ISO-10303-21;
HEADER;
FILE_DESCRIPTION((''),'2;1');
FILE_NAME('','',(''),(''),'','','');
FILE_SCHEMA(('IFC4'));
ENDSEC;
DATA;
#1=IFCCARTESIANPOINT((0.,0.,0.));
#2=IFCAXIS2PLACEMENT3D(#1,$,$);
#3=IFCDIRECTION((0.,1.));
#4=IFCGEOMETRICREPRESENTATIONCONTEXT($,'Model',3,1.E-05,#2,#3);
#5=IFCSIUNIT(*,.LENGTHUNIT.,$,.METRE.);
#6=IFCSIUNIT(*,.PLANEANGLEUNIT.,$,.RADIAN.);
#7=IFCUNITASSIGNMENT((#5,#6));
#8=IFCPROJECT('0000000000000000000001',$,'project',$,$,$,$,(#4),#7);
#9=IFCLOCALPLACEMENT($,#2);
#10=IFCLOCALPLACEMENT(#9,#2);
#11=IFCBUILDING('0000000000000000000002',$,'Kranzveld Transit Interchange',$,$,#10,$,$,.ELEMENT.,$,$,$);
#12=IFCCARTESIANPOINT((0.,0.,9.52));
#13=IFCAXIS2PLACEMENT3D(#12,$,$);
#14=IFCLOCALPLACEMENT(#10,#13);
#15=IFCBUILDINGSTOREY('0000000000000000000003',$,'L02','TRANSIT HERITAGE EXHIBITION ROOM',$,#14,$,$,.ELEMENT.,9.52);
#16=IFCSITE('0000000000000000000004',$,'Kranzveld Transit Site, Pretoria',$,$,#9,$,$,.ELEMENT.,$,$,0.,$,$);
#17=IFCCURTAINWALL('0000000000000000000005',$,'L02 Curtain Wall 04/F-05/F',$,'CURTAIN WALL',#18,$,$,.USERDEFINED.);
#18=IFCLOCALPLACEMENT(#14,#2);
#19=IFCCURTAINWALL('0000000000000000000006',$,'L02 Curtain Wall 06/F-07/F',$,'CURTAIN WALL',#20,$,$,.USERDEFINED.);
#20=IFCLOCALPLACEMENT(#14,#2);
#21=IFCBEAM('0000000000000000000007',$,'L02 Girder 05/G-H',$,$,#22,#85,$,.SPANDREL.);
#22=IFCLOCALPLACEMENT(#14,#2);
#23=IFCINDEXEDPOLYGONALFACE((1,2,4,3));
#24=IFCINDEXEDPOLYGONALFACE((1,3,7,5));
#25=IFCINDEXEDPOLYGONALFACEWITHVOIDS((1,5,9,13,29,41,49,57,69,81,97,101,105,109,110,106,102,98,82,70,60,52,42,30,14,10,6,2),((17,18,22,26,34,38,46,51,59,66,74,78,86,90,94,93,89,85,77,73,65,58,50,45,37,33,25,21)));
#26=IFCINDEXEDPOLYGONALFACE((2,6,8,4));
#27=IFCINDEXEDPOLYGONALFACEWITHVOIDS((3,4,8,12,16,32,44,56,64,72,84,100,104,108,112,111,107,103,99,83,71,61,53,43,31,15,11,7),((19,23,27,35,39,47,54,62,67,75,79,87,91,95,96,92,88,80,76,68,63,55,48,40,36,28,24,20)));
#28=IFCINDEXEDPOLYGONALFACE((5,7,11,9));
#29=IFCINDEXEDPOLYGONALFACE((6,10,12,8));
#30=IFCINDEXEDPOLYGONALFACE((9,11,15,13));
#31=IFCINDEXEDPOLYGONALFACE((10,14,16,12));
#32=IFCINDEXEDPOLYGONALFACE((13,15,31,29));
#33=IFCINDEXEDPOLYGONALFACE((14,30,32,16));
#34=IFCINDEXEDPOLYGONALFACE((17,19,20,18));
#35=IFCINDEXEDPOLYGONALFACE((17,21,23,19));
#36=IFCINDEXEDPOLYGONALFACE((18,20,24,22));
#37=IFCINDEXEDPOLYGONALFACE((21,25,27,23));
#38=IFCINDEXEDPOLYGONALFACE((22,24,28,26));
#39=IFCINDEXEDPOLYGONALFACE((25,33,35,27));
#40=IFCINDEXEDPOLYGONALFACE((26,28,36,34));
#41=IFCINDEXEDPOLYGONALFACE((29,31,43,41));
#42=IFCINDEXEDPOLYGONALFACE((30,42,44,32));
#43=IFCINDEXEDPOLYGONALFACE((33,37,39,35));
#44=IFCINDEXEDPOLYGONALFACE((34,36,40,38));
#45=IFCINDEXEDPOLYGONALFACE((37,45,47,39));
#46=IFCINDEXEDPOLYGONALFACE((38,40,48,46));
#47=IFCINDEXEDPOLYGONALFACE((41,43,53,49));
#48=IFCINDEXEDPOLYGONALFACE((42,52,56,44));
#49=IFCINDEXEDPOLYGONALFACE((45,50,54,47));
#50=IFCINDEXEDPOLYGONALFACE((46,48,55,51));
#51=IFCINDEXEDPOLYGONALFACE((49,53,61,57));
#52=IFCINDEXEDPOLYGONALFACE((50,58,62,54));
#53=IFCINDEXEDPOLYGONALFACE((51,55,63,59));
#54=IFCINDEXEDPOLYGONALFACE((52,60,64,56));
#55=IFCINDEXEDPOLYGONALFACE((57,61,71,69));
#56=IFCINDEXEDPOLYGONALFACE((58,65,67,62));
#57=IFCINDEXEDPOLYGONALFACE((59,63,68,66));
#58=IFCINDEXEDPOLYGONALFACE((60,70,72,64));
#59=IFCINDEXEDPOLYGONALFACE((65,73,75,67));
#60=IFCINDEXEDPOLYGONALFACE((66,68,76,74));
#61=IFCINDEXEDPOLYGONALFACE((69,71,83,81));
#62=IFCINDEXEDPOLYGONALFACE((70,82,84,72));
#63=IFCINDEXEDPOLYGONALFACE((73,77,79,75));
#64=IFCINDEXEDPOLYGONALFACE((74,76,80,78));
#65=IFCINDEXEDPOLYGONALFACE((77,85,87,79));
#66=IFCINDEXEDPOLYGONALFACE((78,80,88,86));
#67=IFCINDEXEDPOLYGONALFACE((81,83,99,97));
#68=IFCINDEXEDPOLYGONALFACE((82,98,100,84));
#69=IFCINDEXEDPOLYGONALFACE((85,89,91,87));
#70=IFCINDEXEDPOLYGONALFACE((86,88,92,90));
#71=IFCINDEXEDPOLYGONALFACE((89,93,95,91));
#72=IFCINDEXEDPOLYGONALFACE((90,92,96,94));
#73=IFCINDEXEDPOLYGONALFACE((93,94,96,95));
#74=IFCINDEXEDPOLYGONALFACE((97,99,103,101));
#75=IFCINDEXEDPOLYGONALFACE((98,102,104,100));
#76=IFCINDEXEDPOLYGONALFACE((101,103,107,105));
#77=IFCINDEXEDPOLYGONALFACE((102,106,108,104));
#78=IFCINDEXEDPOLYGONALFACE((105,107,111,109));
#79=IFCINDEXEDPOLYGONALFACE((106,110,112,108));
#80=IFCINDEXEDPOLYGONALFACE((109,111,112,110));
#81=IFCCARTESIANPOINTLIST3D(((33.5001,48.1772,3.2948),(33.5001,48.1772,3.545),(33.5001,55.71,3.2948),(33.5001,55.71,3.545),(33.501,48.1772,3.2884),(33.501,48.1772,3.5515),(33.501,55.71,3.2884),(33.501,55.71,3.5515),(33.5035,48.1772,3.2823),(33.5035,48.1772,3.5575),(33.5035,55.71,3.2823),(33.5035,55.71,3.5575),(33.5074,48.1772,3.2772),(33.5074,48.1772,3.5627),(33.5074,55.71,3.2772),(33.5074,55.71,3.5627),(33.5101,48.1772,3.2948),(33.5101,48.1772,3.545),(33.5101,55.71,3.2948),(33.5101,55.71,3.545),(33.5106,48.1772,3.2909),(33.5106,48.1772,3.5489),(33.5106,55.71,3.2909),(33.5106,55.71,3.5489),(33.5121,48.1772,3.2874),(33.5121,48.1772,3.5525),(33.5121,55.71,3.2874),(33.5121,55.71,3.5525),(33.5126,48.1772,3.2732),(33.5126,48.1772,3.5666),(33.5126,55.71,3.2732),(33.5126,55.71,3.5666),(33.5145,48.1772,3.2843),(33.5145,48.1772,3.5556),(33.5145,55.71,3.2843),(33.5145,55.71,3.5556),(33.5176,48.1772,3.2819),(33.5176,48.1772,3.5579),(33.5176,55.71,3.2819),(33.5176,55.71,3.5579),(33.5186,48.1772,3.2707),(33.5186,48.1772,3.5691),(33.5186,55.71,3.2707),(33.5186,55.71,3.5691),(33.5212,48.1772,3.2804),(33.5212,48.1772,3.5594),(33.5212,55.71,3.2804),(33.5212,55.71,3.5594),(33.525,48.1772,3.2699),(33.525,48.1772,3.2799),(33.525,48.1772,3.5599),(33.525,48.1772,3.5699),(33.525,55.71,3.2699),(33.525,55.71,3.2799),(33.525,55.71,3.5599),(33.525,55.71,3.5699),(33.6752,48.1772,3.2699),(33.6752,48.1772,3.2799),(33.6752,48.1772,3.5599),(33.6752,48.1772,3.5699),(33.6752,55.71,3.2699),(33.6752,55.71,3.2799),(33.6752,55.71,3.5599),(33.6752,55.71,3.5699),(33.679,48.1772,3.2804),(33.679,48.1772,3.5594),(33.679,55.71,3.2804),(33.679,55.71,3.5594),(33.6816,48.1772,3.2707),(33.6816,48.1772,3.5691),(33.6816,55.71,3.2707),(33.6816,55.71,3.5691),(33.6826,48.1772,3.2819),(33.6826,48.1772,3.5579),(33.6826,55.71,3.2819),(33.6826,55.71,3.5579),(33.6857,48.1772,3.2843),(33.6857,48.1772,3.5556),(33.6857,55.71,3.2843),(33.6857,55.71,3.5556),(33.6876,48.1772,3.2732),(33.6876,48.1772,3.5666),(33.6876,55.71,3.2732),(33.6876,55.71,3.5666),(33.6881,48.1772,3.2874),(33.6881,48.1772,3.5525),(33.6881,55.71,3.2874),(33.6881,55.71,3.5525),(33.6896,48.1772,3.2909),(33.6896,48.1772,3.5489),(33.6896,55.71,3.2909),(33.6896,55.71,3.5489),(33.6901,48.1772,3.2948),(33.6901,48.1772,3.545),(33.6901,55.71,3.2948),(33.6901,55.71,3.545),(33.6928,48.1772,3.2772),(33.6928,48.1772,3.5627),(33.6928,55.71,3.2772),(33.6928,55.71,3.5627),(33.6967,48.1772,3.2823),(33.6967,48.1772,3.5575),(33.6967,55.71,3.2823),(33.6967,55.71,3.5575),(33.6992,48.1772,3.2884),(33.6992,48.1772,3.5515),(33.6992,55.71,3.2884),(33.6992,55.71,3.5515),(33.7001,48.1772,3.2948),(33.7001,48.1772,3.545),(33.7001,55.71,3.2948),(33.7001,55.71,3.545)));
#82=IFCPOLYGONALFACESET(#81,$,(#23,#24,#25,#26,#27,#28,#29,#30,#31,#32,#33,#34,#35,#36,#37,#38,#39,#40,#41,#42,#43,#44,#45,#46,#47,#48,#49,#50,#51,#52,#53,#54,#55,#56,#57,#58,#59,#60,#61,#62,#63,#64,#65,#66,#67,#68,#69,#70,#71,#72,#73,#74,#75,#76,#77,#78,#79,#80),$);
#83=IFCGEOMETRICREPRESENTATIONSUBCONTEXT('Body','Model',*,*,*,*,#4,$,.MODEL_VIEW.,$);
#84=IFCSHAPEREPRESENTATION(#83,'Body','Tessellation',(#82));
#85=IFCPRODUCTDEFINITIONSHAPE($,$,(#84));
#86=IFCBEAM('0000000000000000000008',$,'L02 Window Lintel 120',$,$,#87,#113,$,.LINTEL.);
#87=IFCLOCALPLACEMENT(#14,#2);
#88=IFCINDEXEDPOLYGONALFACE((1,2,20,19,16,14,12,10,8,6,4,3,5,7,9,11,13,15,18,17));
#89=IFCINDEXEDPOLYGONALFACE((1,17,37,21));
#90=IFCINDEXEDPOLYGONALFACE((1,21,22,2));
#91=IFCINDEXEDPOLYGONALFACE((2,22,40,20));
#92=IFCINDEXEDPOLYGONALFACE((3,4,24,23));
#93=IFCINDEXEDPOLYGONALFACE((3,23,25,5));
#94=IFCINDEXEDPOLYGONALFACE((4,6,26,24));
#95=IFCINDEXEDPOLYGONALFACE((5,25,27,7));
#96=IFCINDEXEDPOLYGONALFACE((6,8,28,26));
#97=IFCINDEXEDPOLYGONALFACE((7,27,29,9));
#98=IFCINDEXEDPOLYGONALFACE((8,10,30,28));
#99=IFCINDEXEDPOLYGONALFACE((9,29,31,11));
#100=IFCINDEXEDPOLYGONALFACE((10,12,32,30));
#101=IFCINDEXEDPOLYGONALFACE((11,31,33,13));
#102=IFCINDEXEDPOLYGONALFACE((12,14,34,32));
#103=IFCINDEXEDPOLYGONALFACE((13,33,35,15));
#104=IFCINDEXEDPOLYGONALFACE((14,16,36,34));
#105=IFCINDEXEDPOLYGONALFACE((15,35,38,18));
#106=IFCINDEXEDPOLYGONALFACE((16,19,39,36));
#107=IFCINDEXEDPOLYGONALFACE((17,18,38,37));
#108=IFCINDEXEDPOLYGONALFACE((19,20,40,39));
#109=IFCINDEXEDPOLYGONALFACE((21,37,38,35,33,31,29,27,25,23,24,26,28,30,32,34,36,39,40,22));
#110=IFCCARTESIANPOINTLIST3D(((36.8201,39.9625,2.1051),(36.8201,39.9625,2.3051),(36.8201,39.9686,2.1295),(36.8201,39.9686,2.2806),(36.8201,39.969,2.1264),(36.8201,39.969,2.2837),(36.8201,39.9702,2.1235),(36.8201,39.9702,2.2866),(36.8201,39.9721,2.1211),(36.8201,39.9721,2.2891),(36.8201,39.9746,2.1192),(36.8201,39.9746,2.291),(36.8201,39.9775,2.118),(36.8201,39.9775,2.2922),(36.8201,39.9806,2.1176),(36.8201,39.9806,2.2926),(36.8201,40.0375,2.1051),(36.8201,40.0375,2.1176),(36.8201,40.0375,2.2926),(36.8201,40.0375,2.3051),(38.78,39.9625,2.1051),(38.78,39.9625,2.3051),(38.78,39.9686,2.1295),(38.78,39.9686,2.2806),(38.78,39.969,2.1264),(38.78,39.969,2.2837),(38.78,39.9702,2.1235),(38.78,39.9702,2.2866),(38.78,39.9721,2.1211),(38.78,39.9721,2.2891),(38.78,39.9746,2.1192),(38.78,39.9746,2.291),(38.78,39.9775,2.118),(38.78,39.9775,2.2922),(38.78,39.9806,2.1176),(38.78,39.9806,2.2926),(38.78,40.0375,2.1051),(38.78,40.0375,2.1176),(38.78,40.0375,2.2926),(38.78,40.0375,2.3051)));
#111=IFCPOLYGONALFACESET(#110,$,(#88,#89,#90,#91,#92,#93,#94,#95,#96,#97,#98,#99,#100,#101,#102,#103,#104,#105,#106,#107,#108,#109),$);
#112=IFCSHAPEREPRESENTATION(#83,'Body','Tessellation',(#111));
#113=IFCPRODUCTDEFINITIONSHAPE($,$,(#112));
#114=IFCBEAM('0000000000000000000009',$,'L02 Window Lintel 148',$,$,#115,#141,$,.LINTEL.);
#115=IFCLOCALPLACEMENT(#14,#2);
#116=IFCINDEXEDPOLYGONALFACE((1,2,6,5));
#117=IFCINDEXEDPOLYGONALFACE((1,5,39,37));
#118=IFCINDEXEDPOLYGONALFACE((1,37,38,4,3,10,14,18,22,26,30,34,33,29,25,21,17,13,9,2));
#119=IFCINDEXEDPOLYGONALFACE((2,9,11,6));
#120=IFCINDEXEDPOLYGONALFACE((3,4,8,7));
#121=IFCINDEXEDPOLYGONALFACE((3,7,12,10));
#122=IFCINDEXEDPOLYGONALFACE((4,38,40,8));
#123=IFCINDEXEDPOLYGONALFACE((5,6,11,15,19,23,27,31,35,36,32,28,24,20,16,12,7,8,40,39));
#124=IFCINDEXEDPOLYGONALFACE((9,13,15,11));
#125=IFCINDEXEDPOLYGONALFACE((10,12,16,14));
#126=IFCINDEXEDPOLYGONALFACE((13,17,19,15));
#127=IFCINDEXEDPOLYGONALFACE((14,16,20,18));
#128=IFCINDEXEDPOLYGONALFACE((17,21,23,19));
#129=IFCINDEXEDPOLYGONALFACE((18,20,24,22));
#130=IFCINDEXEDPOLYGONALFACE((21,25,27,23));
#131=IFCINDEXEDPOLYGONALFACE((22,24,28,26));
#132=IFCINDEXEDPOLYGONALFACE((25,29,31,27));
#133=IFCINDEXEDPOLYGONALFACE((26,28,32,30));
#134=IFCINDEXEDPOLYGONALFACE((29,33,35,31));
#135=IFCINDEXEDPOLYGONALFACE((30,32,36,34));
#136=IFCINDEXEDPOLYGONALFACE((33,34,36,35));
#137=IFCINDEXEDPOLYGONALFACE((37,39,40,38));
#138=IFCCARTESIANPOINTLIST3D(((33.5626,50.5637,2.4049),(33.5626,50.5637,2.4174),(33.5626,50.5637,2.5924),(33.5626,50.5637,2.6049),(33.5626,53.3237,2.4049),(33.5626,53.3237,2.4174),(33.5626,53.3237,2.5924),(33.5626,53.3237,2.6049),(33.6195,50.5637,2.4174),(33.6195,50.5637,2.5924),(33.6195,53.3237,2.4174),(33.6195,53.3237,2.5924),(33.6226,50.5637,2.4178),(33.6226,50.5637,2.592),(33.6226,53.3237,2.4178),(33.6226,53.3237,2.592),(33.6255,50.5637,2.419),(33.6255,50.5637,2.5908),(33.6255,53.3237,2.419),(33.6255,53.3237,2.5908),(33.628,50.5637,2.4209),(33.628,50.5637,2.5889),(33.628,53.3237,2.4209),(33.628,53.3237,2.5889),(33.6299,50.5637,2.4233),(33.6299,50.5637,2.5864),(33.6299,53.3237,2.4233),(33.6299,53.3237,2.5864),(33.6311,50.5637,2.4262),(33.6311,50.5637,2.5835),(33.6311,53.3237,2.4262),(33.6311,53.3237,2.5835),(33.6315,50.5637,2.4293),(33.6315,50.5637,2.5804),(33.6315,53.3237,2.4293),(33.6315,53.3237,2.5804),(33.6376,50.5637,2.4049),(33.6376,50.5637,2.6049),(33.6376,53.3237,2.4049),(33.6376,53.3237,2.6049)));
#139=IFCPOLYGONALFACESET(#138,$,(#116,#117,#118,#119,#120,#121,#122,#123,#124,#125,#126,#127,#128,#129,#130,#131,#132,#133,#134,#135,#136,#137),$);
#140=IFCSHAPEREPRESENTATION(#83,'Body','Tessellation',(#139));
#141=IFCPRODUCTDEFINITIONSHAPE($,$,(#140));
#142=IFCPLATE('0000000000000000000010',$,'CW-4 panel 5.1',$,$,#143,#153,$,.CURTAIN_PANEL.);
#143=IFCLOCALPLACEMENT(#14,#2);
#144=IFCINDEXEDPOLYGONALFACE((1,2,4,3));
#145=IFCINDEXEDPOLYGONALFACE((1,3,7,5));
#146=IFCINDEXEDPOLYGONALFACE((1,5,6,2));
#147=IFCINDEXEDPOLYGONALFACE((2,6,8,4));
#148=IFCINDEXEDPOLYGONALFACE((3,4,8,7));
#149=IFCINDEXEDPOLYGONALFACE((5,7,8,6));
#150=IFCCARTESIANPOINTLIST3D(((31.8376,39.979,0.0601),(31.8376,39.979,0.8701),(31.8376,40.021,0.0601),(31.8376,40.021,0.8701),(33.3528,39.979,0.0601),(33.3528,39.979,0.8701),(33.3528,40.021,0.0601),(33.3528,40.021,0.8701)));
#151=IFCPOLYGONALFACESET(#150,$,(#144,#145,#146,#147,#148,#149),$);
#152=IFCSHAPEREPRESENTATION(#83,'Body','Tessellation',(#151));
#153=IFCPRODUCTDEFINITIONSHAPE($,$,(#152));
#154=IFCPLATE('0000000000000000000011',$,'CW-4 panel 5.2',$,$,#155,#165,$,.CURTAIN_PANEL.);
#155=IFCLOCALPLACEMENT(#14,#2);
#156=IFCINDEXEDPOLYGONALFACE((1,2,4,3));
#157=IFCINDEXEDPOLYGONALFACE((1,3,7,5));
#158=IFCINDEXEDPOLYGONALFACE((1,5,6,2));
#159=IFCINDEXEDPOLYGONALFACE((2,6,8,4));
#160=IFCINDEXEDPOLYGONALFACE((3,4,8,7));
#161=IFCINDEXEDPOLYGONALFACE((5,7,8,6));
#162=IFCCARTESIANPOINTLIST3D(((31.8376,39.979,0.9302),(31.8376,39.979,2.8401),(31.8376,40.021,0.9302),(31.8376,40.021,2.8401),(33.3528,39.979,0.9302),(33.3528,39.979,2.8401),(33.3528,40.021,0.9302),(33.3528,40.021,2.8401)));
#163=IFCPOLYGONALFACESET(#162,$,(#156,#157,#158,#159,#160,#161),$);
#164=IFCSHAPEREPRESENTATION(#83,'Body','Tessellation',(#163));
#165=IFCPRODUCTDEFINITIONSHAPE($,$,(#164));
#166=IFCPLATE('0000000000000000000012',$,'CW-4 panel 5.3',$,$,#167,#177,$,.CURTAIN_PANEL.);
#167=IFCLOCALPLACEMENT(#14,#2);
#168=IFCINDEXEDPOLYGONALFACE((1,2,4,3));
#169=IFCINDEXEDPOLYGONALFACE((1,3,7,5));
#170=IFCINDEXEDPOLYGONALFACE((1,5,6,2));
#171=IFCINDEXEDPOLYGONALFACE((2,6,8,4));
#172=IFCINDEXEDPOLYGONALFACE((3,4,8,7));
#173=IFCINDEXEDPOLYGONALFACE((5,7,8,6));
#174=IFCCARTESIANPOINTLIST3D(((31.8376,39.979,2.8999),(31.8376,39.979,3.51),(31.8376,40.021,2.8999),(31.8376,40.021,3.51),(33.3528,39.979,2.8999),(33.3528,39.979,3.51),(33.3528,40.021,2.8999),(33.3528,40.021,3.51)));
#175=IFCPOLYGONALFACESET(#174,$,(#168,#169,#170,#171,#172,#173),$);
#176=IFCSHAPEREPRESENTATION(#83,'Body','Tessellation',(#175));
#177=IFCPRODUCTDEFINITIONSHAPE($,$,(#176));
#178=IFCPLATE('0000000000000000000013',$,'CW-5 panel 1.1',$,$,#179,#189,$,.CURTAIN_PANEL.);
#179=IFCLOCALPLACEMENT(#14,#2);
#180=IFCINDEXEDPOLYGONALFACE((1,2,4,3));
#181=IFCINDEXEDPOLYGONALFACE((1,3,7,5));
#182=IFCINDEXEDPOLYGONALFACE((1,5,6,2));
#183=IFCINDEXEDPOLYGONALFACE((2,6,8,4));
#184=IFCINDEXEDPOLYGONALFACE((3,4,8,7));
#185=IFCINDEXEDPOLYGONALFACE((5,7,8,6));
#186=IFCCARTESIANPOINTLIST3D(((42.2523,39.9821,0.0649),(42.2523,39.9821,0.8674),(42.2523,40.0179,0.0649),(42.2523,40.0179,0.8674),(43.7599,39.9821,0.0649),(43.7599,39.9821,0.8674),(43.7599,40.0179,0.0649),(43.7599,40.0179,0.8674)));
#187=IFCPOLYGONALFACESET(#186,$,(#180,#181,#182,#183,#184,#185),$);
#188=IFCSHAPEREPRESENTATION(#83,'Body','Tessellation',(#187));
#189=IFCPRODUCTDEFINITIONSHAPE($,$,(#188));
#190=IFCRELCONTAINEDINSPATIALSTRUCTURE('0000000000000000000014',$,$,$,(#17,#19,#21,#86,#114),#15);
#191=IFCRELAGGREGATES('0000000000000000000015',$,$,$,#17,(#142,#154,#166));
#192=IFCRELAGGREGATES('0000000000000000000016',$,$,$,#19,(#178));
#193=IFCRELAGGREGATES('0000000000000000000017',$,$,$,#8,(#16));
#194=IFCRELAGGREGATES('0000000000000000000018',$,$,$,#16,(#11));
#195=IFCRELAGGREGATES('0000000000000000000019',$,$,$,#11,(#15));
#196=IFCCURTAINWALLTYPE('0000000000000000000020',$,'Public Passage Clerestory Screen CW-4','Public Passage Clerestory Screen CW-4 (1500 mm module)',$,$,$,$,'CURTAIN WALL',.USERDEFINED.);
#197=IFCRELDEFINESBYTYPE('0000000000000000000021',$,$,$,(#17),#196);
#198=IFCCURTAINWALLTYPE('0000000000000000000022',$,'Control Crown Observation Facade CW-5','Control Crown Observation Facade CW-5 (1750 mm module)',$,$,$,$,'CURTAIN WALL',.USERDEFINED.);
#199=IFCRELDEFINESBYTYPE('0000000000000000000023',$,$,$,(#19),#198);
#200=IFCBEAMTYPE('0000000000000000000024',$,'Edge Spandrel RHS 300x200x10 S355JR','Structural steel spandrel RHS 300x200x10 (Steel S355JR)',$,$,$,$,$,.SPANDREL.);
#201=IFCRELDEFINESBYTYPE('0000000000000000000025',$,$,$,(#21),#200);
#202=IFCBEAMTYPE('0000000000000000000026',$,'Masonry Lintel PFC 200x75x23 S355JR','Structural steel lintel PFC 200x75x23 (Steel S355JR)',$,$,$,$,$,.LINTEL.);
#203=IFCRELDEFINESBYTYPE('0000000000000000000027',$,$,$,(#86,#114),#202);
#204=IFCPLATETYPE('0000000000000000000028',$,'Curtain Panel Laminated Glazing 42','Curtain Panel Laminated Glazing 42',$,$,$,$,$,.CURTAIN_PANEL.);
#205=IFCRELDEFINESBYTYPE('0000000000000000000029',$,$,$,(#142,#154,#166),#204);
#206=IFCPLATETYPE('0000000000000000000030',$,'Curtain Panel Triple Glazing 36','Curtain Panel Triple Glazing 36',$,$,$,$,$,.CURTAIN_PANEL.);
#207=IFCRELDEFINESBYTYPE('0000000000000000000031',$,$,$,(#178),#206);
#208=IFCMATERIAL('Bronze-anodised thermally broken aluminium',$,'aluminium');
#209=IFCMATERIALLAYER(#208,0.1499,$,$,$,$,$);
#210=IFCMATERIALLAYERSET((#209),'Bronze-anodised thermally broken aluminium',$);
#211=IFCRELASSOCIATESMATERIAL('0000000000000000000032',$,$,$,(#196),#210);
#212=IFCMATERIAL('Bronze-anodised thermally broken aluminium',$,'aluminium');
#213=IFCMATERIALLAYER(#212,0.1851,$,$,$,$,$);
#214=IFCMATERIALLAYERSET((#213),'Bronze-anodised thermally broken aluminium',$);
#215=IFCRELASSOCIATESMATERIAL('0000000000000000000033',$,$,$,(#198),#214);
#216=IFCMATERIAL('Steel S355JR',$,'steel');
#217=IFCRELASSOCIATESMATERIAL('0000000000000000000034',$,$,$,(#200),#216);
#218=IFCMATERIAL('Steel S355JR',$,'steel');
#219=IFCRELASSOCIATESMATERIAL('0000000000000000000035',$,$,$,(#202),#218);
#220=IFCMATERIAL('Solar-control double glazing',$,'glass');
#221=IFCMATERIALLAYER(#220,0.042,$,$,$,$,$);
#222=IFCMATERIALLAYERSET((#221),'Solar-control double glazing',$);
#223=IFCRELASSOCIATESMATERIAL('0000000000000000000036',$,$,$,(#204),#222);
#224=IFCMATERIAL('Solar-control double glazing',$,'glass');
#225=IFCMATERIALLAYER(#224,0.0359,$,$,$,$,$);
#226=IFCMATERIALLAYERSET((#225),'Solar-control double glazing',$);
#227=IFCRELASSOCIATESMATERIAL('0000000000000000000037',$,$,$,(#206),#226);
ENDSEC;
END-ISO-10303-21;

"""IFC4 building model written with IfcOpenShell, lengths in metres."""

from ifc_helpers import new_model, si_unit, direction, frame, origin, origin_2d, place, context, subcontext, project, spatial, rectangle, hollow_rectangle, u_section, extrude, material, layer, layer_set, material_profile, profile_set, type_object, element, aggregate, save


model = new_model("IFC4")

# Units and contexts
model_context = context("Model", 3, precision=1e-05, world=origin(), true_north=direction((0.0, 1.0)))
body_context = subcontext(model_context, "Body", "Model", "MODEL_VIEW")
ifc_project = project(units=[si_unit("LENGTHUNIT", "METRE"), si_unit("PLANEANGLEUNIT", "RADIAN")], contexts=[model_context])

# Site, building, storey
site_placement = place(None, origin())
site = spatial("IfcSite", under=ifc_project, at=site_placement, Name="Kranzveld Transit Site, Pretoria", CompositionType="ELEMENT", RefElevation=0.0)
building_placement = place(site_placement, origin())
building = spatial("IfcBuilding", under=site, at=building_placement, Name="Kranzveld Transit Interchange", CompositionType="ELEMENT")
storey_placement = place(building_placement, frame((0.0, 0.0, 9.52)))
storey = spatial("IfcBuildingStorey", under=building, at=storey_placement, Name="L02", Description="TRANSIT HERITAGE EXHIBITION ROOM", CompositionType="ELEMENT", Elevation=9.52)

# Curtain wall
ifc_material_1 = material(Name="Bronze-anodised thermally broken aluminium", Category="aluminium")
ifc_layer_1 = layer(ifc_material_1, 0.1499)
ifc_layer_set_1 = layer_set([ifc_layer_1], Name="Bronze-anodised thermally broken aluminium")
curtain_wall_type_1 = type_object("IfcCurtainWallType", Name="Public Passage Clerestory Screen CW-4", Description="Public Passage Clerestory Screen CW-4 (1500 mm module)", ElementType="CURTAIN WALL", PredefinedType="USERDEFINED", material=ifc_layer_set_1)
curtain_wall_1_placement = place(storey_placement, origin())
curtain_wall_1 = element("IfcCurtainWall", 1, at=curtain_wall_1_placement, inside=storey, type_object=curtain_wall_type_1, Name="L02 Curtain Wall 04/F-05/F", ObjectType="CURTAIN WALL", PredefinedType="USERDEFINED")

# Curtain wall
ifc_material_2 = material(Name="Bronze-anodised thermally broken aluminium", Category="aluminium")
ifc_layer_2 = layer(ifc_material_2, 0.1851)
ifc_layer_set_2 = layer_set([ifc_layer_2], Name="Bronze-anodised thermally broken aluminium")
curtain_wall_type_2 = type_object("IfcCurtainWallType", Name="Control Crown Observation Facade CW-5", Description="Control Crown Observation Facade CW-5 (1750 mm module)", ElementType="CURTAIN WALL", PredefinedType="USERDEFINED", material=ifc_layer_set_2)
curtain_wall_2_placement = place(storey_placement, origin())
curtain_wall_2 = element("IfcCurtainWall", 2, at=curtain_wall_2_placement, inside=storey, type_object=curtain_wall_type_2, Name="L02 Curtain Wall 06/F-07/F", ObjectType="CURTAIN WALL", PredefinedType="USERDEFINED")

# Beams
ifc_material_3 = material(Name="Steel S355JR", Category="steel")
ifc_material_profile_1 = material_profile(ifc_material_3, hollow_rectangle(XDim=0.2, YDim=0.3, WallThickness=0.01, InnerFilletRadius=0.0149, OuterFilletRadius=0.0249, at=origin_2d()), Name="RHS 300x200x10")
ifc_profile_set_1 = profile_set([ifc_material_profile_1], Name="Steel S355JR")
beam_type_1 = type_object("IfcBeamType", Name="Edge Spandrel RHS 300x200x10 S355JR", Description="Structural steel spandrel RHS 300x200x10 (Steel S355JR)", PredefinedType="SPANDREL", material=ifc_profile_set_1)
beam_1_placement = place(storey_placement, frame((33.6001, 48.1772, 3.4199), z_axis=(0.0, 1.0, 0.0), x_axis=(-1.0, 0.0, 0.0)))
element("IfcBeam", 3, at=beam_1_placement, inside=storey, type_object=beam_type_1, Name="L02 Girder 05/G-H", PredefinedType="SPANDREL", context=body_context, shape_type="SweptSolid", body=[
    extrude(hollow_rectangle(XDim=0.2, YDim=0.3, WallThickness=0.01, InnerFilletRadius=0.0149, OuterFilletRadius=0.0249, at=origin_2d()), origin(), (0.0, 0.0, 1.0), 7.5327),
])
ifc_material_4 = material(Name="Steel S355JR", Category="steel")
ifc_material_profile_2 = material_profile(ifc_material_4, u_section(Depth=0.2, FlangeWidth=0.075, WebThickness=0.0061, FlangeThickness=0.0125, FilletRadius=0.012, at=origin_2d()), Name="PFC 200x75x23")
ifc_profile_set_2 = profile_set([ifc_material_profile_2], Name="Steel S355JR")
beam_type_2 = type_object("IfcBeamType", Name="Masonry Lintel PFC 200x75x23 S355JR", Description="Structural steel lintel PFC 200x75x23 (Steel S355JR)", PredefinedType="LINTEL", material=ifc_profile_set_2)
beam_2_placement = place(storey_placement, frame((36.8201, 40.0, 2.2051), z_axis=(1.0, 0.0, 0.0), x_axis=(0.0, 1.0, 0.0)))
element("IfcBeam", 4, at=beam_2_placement, inside=storey, type_object=beam_type_2, Name="L02 Window Lintel 120", PredefinedType="LINTEL", context=body_context, shape_type="SweptSolid", body=[
    extrude(u_section(Depth=0.2, FlangeWidth=0.075, WebThickness=0.0061, FlangeThickness=0.0125, FilletRadius=0.012, at=origin_2d()), origin(), (0.0, 0.0, 1.0), 1.96),
])
beam_3_placement = place(storey_placement, frame((33.6001, 50.5637, 2.5049), z_axis=(0.0, 1.0, 0.0), x_axis=(-1.0, 0.0, 0.0)))
element("IfcBeam", 5, at=beam_3_placement, inside=storey, type_object=beam_type_2, Name="L02 Window Lintel 148", PredefinedType="LINTEL", context=body_context, shape_type="SweptSolid", body=[
    extrude(u_section(Depth=0.2, FlangeWidth=0.075, WebThickness=0.0061, FlangeThickness=0.0125, FilletRadius=0.012, at=origin_2d()), origin(), (0.0, 0.0, 1.0), 2.76),
])

# Plates
ifc_material_5 = material(Name="Solar-control double glazing", Category="glass")
ifc_layer_3 = layer(ifc_material_5, 0.042)
ifc_layer_set_3 = layer_set([ifc_layer_3], Name="Solar-control double glazing")
plate_type_1 = type_object("IfcPlateType", Name="Curtain Panel Laminated Glazing 42", Description="Curtain Panel Laminated Glazing 42", PredefinedType="CURTAIN_PANEL", material=ifc_layer_set_3)
plate_1_placement = place(storey_placement, frame((32.5952, 40.0, 0.0601), z_axis=(0.0, 0.0, 1.0), x_axis=(1.0, 0.0, 0.0)))
plate_1 = element("IfcPlate", 6, at=plate_1_placement, type_object=plate_type_1, Name="CW-4 panel 5.1", PredefinedType="CURTAIN_PANEL", context=body_context, shape_type="SweptSolid", body=[
    extrude(rectangle(XDim=1.5151, YDim=0.042, at=origin_2d()), origin(), (0.0, 0.0, 1.0), 0.8101),
])
plate_2_placement = place(storey_placement, frame((32.5952, 40.0, 0.9302), z_axis=(0.0, 0.0, 1.0), x_axis=(1.0, 0.0, 0.0)))
plate_2 = element("IfcPlate", 7, at=plate_2_placement, type_object=plate_type_1, Name="CW-4 panel 5.2", PredefinedType="CURTAIN_PANEL", context=body_context, shape_type="SweptSolid", body=[
    extrude(rectangle(XDim=1.5151, YDim=0.042, at=origin_2d()), origin(), (0.0, 0.0, 1.0), 1.9099),
])
plate_3_placement = place(storey_placement, frame((32.5952, 40.0, 2.8999), z_axis=(0.0, 0.0, 1.0), x_axis=(1.0, 0.0, 0.0)))
plate_3 = element("IfcPlate", 8, at=plate_3_placement, type_object=plate_type_1, Name="CW-4 panel 5.3", PredefinedType="CURTAIN_PANEL", context=body_context, shape_type="SweptSolid", body=[
    extrude(rectangle(XDim=1.5151, YDim=0.042, at=origin_2d()), origin(), (0.0, 0.0, 1.0), 0.6101),
])
aggregate(curtain_wall_1, [plate_1, plate_2, plate_3])
ifc_material_6 = material(Name="Solar-control double glazing", Category="glass")
ifc_layer_4 = layer(ifc_material_6, 0.0359)
ifc_layer_set_4 = layer_set([ifc_layer_4], Name="Solar-control double glazing")
plate_type_2 = type_object("IfcPlateType", Name="Curtain Panel Triple Glazing 36", Description="Curtain Panel Triple Glazing 36", PredefinedType="CURTAIN_PANEL", material=ifc_layer_set_4)
plate_4_placement = place(storey_placement, frame((43.0061, 40.0, 0.0649), z_axis=(0.0, 0.0, 1.0), x_axis=(1.0, 0.0, 0.0)))
plate_4 = element("IfcPlate", 9, at=plate_4_placement, type_object=plate_type_2, Name="CW-5 panel 1.1", PredefinedType="CURTAIN_PANEL", context=body_context, shape_type="SweptSolid", body=[
    extrude(rectangle(XDim=1.5076, YDim=0.0359, at=origin_2d()), origin(), (0.0, 0.0, 1.0), 0.8025),
])
aggregate(curtain_wall_2, [plate_4])

save(model, "model.ifc")
